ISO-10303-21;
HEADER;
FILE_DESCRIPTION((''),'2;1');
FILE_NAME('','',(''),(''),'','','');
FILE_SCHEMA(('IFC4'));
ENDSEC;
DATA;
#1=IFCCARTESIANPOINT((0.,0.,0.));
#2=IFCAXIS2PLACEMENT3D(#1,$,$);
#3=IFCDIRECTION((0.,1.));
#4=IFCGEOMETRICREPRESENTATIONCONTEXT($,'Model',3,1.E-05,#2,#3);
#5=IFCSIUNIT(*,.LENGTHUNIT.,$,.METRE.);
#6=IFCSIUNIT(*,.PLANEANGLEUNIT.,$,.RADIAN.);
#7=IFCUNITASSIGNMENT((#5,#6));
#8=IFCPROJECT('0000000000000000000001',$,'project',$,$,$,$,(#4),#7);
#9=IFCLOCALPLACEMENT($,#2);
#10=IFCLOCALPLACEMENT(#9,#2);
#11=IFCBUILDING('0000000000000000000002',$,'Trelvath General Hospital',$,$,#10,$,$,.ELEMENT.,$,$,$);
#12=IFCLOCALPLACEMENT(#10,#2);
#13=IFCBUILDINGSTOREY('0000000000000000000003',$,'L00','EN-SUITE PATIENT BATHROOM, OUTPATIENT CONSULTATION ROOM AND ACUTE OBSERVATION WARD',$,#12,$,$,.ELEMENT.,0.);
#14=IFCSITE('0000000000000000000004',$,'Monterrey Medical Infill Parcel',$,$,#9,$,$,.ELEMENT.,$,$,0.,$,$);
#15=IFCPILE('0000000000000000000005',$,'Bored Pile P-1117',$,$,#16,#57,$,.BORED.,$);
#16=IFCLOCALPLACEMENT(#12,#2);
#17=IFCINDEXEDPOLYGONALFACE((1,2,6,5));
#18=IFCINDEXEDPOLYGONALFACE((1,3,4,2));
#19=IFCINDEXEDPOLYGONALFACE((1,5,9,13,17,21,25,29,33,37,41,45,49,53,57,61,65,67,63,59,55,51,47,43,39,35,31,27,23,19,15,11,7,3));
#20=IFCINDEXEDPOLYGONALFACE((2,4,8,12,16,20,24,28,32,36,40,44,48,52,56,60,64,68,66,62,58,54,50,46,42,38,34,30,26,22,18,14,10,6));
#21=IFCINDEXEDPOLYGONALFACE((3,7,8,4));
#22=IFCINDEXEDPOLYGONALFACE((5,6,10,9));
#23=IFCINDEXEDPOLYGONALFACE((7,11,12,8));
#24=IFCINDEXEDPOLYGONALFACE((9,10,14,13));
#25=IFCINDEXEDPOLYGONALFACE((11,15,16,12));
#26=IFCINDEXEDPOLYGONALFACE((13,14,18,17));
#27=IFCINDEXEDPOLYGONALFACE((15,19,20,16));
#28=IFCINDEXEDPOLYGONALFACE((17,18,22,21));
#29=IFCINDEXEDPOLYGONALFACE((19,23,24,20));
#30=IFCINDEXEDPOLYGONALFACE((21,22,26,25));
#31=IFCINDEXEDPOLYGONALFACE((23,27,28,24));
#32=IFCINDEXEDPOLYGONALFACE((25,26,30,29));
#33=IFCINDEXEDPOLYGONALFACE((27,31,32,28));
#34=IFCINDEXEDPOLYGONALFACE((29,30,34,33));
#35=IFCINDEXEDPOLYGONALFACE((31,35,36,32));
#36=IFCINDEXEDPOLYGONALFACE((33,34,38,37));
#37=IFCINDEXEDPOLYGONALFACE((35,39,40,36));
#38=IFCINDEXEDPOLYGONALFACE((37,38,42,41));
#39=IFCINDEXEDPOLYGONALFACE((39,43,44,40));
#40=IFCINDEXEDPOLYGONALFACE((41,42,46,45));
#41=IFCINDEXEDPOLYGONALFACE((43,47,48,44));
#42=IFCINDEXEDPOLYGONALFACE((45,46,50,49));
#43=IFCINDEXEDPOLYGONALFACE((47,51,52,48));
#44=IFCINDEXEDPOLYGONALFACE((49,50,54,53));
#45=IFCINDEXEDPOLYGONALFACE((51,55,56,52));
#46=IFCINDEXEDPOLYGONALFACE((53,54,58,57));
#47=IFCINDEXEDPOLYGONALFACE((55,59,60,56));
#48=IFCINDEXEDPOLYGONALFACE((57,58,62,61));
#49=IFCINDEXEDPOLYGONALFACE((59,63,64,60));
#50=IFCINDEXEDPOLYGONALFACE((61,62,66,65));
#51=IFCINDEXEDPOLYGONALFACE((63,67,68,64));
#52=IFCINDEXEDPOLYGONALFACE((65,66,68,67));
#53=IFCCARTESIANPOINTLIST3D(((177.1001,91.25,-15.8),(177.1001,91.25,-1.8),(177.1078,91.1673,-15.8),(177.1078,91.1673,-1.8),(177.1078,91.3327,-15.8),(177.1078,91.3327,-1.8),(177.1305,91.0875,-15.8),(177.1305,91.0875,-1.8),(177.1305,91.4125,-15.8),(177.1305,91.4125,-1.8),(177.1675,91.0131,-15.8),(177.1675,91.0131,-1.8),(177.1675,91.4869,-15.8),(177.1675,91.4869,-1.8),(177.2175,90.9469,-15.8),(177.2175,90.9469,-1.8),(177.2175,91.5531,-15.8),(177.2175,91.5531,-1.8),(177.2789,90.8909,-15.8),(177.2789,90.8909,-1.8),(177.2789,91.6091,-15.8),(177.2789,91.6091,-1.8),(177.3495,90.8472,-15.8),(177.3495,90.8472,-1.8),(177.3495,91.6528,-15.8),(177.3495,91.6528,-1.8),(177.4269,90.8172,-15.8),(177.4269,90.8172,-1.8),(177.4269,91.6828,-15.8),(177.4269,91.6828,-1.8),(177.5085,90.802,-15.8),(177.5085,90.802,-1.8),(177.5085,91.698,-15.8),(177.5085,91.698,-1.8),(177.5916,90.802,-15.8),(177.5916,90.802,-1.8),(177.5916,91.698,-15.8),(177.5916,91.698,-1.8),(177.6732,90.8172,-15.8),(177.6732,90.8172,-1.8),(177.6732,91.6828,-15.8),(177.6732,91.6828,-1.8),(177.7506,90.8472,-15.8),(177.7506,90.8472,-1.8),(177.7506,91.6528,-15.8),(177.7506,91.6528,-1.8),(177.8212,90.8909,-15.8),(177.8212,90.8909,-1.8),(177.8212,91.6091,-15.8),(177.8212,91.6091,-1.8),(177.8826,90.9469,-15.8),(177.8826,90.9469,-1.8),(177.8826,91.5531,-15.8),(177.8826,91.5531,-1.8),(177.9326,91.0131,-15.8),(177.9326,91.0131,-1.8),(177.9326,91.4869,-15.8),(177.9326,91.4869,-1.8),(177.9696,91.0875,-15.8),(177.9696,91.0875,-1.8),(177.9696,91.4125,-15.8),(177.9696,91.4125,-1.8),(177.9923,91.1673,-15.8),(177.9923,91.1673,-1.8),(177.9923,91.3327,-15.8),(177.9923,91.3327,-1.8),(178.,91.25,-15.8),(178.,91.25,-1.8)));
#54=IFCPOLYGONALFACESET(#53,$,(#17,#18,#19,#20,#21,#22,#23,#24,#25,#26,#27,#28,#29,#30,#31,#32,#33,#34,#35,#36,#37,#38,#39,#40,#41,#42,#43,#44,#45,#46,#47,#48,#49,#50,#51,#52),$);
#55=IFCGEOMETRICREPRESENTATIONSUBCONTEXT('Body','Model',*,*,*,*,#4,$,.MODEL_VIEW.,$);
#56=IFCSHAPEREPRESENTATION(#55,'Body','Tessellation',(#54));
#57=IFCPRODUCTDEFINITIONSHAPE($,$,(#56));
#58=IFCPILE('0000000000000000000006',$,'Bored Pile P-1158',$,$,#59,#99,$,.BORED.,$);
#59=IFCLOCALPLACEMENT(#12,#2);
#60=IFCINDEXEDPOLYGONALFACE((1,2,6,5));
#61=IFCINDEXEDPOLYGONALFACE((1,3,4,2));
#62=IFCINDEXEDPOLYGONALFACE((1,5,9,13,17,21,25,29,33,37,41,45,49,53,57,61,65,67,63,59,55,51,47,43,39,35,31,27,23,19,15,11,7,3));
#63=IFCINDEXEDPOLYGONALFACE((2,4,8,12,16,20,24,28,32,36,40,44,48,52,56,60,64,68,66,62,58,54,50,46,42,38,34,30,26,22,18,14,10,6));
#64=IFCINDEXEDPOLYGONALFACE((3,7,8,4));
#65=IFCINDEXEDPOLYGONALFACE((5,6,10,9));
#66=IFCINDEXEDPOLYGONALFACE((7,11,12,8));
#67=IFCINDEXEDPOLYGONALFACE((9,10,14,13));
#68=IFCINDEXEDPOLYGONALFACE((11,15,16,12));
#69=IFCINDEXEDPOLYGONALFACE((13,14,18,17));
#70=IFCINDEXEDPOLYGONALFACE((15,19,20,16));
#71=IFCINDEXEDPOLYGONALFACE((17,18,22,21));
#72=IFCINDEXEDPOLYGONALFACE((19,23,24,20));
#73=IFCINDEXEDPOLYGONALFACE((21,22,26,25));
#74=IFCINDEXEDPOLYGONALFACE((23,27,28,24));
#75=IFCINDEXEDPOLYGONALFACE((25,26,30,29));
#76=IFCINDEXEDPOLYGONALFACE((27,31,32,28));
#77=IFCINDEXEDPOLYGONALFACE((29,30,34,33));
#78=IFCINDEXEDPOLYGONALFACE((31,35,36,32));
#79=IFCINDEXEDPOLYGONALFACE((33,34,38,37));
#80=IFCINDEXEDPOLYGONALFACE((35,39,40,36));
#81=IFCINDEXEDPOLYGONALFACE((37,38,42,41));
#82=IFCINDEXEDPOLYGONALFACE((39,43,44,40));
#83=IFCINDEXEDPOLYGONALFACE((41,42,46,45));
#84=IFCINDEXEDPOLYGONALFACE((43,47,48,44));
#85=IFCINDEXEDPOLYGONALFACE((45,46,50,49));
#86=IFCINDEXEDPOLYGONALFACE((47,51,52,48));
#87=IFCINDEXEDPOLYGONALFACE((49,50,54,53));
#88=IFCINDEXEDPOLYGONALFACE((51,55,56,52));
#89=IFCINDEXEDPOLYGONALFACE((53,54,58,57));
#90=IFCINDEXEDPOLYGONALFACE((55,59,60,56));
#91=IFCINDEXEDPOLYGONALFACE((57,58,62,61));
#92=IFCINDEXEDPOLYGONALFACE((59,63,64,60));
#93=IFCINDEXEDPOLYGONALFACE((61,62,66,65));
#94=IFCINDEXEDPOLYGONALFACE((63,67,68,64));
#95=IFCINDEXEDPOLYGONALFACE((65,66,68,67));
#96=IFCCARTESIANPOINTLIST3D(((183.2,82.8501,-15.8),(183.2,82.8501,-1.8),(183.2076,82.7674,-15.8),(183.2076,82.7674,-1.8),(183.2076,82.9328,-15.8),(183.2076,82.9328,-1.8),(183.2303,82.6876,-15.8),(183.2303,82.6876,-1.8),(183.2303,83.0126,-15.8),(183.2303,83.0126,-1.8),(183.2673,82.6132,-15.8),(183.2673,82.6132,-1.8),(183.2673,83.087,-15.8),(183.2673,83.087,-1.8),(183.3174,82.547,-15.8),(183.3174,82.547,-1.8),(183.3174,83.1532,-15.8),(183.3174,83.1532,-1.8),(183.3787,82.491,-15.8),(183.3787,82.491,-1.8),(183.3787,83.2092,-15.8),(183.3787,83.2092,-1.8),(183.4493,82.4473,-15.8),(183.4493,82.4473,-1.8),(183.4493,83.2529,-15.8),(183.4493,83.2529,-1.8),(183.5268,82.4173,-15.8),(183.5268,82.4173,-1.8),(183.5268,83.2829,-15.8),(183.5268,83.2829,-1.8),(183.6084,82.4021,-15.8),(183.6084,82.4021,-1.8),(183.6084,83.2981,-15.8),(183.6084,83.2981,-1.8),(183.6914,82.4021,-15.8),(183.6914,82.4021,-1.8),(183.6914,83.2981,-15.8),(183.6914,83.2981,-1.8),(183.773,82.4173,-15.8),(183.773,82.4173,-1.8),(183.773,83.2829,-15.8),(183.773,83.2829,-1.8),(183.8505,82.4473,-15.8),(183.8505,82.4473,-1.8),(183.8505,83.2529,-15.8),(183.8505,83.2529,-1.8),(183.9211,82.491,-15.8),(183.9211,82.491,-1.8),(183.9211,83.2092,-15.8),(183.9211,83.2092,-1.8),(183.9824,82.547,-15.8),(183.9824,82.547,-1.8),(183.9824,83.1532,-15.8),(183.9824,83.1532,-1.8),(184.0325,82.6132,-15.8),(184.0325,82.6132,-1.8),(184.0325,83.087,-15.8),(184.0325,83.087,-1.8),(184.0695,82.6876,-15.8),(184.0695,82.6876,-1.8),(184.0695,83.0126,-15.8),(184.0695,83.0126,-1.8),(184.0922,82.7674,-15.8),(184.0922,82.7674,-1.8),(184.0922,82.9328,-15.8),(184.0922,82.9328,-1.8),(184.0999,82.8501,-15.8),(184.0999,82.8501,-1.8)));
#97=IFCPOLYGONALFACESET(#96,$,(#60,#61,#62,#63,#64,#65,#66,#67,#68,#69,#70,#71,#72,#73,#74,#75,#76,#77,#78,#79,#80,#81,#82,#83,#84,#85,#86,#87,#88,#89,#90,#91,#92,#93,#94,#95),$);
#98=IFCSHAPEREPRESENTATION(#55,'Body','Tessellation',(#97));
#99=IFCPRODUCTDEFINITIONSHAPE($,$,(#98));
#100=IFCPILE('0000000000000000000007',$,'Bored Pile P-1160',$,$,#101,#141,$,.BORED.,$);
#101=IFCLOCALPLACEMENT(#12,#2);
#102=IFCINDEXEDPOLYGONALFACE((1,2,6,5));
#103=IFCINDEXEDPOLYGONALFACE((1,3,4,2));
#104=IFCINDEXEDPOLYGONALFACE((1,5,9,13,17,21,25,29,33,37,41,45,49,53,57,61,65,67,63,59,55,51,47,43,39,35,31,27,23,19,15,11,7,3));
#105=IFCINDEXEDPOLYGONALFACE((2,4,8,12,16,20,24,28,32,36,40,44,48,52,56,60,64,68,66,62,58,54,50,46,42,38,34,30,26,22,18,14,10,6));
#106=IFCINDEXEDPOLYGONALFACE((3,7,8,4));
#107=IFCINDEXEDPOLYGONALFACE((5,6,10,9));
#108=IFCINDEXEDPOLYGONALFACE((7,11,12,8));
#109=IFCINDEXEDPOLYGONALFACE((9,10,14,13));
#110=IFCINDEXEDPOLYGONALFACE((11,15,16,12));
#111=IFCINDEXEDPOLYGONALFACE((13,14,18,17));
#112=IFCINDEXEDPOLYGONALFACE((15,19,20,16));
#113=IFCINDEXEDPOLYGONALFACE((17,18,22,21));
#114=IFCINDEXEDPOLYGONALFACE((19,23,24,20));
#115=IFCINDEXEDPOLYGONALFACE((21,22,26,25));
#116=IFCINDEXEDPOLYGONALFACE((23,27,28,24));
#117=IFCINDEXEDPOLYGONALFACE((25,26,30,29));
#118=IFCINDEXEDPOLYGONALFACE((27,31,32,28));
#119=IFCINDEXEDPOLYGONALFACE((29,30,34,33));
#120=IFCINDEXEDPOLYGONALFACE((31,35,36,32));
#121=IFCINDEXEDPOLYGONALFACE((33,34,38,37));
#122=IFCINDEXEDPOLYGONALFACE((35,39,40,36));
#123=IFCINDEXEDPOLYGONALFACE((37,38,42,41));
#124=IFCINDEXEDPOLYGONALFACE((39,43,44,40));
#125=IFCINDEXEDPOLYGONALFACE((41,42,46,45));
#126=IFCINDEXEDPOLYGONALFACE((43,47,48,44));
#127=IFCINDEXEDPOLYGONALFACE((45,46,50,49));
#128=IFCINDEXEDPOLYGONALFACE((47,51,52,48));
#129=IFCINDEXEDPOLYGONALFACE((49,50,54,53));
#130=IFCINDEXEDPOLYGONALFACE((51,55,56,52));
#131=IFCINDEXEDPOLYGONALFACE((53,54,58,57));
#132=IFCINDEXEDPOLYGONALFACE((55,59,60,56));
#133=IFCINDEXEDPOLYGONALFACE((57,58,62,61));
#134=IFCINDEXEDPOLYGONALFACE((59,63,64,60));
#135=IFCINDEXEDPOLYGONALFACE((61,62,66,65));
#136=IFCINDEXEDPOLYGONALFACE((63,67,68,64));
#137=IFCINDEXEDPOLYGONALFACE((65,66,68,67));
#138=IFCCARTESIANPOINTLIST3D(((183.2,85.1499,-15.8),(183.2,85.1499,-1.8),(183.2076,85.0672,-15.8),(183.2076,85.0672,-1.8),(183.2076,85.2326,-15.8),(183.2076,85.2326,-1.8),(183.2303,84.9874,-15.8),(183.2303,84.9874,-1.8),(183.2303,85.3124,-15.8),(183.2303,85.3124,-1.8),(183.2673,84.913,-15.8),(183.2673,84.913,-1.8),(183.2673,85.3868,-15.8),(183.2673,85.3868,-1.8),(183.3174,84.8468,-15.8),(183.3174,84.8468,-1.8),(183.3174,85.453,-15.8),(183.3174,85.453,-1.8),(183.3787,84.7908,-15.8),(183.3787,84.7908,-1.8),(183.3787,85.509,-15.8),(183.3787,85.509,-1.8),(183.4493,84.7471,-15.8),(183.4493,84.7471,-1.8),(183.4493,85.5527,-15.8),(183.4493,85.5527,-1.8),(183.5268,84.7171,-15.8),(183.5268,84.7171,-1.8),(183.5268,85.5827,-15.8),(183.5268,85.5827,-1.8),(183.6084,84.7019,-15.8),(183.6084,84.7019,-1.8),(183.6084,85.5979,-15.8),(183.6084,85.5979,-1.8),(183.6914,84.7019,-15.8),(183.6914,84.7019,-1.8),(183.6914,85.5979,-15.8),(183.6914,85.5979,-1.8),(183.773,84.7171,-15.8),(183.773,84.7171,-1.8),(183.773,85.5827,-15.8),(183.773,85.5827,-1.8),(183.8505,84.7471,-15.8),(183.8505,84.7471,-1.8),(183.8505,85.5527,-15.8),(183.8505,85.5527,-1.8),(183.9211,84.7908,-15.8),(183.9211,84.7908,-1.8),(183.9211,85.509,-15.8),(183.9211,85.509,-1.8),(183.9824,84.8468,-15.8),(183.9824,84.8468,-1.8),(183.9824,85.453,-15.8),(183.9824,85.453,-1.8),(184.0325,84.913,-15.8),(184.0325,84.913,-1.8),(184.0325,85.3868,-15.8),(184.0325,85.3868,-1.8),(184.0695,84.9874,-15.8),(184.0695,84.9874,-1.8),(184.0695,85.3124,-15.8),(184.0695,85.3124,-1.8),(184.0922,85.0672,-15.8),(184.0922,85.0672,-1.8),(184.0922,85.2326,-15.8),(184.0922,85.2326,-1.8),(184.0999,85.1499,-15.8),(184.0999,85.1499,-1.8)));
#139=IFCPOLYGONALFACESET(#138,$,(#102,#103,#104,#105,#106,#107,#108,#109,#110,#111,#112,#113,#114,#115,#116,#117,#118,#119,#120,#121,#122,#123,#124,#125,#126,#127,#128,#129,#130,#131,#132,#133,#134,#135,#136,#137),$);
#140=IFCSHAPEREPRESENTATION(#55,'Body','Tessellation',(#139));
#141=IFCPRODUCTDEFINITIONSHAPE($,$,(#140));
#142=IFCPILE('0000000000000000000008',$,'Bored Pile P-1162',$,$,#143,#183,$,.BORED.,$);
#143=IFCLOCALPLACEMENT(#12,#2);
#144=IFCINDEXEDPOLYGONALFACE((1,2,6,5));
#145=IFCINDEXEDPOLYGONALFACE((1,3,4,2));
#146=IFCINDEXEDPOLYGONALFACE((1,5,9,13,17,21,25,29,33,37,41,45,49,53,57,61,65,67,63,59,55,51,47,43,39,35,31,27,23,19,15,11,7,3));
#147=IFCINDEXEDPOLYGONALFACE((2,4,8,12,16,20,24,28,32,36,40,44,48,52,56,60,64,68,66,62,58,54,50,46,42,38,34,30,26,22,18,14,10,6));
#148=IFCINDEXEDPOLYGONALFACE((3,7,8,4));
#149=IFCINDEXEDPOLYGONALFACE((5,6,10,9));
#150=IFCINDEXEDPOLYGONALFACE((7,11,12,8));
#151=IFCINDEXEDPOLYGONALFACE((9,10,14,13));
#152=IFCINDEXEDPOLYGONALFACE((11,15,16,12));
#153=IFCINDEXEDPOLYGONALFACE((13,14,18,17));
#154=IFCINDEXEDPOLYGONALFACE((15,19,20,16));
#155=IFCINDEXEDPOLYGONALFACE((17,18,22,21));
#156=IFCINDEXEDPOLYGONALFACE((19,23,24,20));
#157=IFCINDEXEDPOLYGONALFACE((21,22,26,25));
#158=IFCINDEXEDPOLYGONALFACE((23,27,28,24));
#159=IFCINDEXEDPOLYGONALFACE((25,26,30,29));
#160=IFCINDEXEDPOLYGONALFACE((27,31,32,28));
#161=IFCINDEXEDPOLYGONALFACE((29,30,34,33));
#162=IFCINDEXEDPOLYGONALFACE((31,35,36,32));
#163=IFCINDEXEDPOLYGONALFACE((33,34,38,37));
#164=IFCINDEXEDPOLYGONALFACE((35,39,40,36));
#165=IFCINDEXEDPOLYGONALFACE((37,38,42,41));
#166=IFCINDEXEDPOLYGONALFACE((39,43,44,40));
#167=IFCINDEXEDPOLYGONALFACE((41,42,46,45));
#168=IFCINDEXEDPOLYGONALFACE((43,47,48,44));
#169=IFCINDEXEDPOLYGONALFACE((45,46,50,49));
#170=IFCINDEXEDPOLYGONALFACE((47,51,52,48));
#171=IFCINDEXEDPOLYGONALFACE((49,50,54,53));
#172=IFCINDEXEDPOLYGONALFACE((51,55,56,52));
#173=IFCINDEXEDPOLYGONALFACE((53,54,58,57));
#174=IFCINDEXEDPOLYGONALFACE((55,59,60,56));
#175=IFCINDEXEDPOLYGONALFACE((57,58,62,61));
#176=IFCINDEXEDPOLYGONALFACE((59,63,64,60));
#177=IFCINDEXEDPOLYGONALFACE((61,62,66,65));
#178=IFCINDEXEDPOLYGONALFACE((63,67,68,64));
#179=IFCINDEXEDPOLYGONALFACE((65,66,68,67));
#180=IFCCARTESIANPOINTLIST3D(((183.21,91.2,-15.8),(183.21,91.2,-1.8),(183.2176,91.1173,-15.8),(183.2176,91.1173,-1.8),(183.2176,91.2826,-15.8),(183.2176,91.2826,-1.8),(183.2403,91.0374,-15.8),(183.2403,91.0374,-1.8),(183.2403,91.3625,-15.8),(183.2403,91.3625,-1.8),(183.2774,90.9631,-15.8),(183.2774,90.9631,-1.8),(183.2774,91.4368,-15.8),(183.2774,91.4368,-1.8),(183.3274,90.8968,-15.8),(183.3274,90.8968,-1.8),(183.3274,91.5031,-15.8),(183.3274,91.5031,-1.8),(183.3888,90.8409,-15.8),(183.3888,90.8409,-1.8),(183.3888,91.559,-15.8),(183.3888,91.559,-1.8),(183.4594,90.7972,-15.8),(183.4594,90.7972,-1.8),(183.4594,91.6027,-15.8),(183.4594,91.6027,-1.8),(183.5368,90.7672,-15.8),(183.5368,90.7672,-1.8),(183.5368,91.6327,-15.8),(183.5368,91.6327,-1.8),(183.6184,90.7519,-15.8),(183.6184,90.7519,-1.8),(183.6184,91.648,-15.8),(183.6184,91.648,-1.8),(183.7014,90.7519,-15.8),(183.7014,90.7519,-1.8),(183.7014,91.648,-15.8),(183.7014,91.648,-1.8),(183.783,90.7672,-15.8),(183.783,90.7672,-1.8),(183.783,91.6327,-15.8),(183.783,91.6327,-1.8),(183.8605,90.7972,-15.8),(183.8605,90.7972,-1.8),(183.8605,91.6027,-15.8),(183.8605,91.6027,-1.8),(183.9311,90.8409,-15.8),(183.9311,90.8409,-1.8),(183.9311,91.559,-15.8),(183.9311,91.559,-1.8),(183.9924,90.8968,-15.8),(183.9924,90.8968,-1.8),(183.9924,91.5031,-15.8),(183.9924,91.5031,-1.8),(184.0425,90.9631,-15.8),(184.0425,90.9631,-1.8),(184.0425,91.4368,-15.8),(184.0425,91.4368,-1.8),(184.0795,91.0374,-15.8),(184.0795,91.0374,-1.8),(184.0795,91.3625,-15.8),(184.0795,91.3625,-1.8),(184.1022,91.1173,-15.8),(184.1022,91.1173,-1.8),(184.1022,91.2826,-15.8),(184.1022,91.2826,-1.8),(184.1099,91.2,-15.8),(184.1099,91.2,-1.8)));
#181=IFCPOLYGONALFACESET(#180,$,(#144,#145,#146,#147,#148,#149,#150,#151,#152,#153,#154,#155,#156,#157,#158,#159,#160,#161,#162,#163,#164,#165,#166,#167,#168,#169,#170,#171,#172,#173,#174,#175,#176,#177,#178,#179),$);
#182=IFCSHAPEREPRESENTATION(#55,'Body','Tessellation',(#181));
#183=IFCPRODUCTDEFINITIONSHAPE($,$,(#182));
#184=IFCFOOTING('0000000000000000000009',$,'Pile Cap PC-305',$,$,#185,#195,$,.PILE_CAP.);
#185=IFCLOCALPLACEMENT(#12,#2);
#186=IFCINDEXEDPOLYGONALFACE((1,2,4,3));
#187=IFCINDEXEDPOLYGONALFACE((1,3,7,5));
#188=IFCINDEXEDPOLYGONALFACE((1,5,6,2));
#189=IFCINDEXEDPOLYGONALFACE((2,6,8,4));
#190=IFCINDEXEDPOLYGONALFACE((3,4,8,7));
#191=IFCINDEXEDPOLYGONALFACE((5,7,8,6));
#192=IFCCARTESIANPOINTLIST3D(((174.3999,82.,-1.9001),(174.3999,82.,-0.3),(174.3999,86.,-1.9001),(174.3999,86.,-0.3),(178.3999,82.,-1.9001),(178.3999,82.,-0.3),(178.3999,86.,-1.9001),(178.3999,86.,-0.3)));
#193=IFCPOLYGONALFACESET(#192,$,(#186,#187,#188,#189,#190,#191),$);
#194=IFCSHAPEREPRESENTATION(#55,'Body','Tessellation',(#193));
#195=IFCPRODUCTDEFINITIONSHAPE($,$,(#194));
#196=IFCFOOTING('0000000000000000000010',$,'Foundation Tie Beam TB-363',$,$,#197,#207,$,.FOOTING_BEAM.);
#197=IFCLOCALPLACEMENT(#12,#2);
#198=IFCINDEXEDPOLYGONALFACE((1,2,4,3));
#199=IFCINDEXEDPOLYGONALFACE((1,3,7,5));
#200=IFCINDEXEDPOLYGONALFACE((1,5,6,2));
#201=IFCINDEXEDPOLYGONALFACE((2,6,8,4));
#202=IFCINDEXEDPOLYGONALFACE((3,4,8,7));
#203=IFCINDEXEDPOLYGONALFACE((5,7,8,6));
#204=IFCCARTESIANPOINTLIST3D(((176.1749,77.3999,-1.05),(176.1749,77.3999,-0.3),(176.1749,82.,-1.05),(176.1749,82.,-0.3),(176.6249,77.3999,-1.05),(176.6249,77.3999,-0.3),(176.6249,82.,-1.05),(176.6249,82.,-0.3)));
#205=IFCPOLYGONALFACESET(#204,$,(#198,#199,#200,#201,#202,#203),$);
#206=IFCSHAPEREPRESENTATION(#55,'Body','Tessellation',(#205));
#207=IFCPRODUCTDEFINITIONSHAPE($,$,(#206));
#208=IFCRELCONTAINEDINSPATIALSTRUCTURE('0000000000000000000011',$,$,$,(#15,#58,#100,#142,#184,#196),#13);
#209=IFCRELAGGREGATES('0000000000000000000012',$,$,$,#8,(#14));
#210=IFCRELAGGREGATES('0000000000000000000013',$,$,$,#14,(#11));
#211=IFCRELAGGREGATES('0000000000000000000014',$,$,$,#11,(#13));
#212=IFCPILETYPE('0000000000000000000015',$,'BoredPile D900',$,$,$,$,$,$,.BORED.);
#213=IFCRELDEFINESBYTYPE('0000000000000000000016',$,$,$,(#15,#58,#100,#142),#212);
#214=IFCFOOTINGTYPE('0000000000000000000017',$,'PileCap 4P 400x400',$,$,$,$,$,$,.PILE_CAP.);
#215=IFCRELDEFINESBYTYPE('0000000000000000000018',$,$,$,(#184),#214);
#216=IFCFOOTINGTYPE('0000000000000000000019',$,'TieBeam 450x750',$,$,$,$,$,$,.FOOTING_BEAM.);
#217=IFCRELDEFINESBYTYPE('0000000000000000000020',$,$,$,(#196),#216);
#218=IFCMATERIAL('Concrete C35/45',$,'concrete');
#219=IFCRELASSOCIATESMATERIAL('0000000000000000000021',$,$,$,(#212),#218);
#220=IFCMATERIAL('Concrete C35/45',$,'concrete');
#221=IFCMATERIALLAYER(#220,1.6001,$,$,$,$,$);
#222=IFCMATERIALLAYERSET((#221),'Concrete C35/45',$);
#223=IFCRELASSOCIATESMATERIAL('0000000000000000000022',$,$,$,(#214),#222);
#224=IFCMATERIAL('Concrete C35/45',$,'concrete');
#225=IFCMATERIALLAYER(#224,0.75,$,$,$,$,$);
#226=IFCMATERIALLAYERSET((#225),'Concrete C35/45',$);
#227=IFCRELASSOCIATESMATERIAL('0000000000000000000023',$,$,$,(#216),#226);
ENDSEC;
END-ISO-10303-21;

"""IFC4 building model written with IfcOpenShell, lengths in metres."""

from ifc_helpers import new_model, si_unit, direction, frame, origin, origin_2d, place, context, subcontext, project, spatial, rectangle, circle, extrude, material, layer, layer_set, material_profile, profile_set, type_object, element, save


model = new_model("IFC4")

# Units and contexts
model_context = context("Model", 3, precision=1e-05, world=origin(), true_north=direction((0.0, 1.0)))
body_context = subcontext(model_context, "Body", "Model", "MODEL_VIEW")
ifc_project = project(units=[si_unit("LENGTHUNIT", "METRE"), si_unit("PLANEANGLEUNIT", "RADIAN")], contexts=[model_context])

# Site, building, storey
site_placement = place(None, origin())
site = spatial("IfcSite", under=ifc_project, at=site_placement, Name="Monterrey Medical Infill Parcel", CompositionType="ELEMENT", RefElevation=0.0)
building_placement = place(site_placement, origin())
building = spatial("IfcBuilding", under=site, at=building_placement, Name="Trelvath General Hospital", CompositionType="ELEMENT")
storey_placement = place(building_placement, origin())
storey = spatial("IfcBuildingStorey", under=building, at=storey_placement, Name="L00", Description="EN-SUITE PATIENT BATHROOM, OUTPATIENT CONSULTATION ROOM AND ACUTE OBSERVATION WARD", CompositionType="ELEMENT", Elevation=0.0)

# Piles
ifc_material_1 = material(Name="Concrete C35/45", Category="concrete")
ifc_material_profile_1 = material_profile(ifc_material_1, circle(Radius=0.45, at=origin_2d()), Name="PILE900")
ifc_profile_set_1 = profile_set([ifc_material_profile_1], Name="Concrete C35/45")
pile_type_1 = type_object("IfcPileType", Name="BoredPile D900", PredefinedType="BORED", material=ifc_profile_set_1)
for number, where, z_axis, x_axis, name in (
    (1, (177.55, 91.25, -1.8), (0.0, 0.0, -1.0), (1.0, 0.0, 0.0), "Bored Pile P-1117"),
    (2, (183.6499, 82.8501, -1.8), (0.0, 0.0, -1.0), (1.0, 0.0, 0.0), "Bored Pile P-1158"),
    (3, (183.6499, 85.1499, -1.8), (0.0, 0.0, -1.0), (1.0, 0.0, 0.0), "Bored Pile P-1160"),
    (4, (183.6599, 91.2, -1.8), (0.0, 0.0, -1.0), (1.0, 0.0, 0.0), "Bored Pile P-1162"),
):
    element("IfcPile", number, at=place(storey_placement, frame(where, z_axis=z_axis, x_axis=x_axis)), inside=storey, type_object=pile_type_1, Name=name, PredefinedType="BORED", context=body_context, shape_type="SweptSolid", body=[
        extrude(circle(Radius=0.45, at=origin_2d()), origin(), (0.0, 0.0, 1.0), 14.0),
    ])

# Footings
ifc_material_2 = material(Name="Concrete C35/45", Category="concrete")
ifc_layer_1 = layer(ifc_material_2, 1.6001)
ifc_layer_set_1 = layer_set([ifc_layer_1], Name="Concrete C35/45")
footing_type_1 = type_object("IfcFootingType", Name="PileCap 4P 400x400", PredefinedType="PILE_CAP", material=ifc_layer_set_1)
footing_1_placement = place(storey_placement, frame((176.3999, 84.0, -1.9001), z_axis=(0.0, 0.0, 1.0), x_axis=(1.0, 0.0, 0.0)))
element("IfcFooting", 5, at=footing_1_placement, inside=storey, type_object=footing_type_1, Name="Pile Cap PC-305", PredefinedType="PILE_CAP", context=body_context, shape_type="SweptSolid", body=[
    extrude(rectangle(XDim=4.0, YDim=4.0, at=origin_2d()), origin(), (0.0, 0.0, 1.0), 1.6001),
])
ifc_material_3 = material(Name="Concrete C35/45", Category="concrete")
ifc_layer_2 = layer(ifc_material_3, 0.75)
ifc_layer_set_2 = layer_set([ifc_layer_2], Name="Concrete C35/45")
footing_type_2 = type_object("IfcFootingType", Name="TieBeam 450x750", PredefinedType="FOOTING_BEAM", material=ifc_layer_set_2)
footing_2_placement = place(storey_placement, frame((176.3999, 79.7, -1.05), z_axis=(0.0, 0.0, 1.0), x_axis=(1.0, 0.0, 0.0)))
element("IfcFooting", 6, at=footing_2_placement, inside=storey, type_object=footing_type_2, Name="Foundation Tie Beam TB-363", PredefinedType="FOOTING_BEAM", context=body_context, shape_type="SweptSolid", body=[
    extrude(rectangle(XDim=0.45, YDim=4.6001, at=origin_2d()), origin(), (0.0, 0.0, 1.0), 0.75),
])

save(model, "model.ifc")
